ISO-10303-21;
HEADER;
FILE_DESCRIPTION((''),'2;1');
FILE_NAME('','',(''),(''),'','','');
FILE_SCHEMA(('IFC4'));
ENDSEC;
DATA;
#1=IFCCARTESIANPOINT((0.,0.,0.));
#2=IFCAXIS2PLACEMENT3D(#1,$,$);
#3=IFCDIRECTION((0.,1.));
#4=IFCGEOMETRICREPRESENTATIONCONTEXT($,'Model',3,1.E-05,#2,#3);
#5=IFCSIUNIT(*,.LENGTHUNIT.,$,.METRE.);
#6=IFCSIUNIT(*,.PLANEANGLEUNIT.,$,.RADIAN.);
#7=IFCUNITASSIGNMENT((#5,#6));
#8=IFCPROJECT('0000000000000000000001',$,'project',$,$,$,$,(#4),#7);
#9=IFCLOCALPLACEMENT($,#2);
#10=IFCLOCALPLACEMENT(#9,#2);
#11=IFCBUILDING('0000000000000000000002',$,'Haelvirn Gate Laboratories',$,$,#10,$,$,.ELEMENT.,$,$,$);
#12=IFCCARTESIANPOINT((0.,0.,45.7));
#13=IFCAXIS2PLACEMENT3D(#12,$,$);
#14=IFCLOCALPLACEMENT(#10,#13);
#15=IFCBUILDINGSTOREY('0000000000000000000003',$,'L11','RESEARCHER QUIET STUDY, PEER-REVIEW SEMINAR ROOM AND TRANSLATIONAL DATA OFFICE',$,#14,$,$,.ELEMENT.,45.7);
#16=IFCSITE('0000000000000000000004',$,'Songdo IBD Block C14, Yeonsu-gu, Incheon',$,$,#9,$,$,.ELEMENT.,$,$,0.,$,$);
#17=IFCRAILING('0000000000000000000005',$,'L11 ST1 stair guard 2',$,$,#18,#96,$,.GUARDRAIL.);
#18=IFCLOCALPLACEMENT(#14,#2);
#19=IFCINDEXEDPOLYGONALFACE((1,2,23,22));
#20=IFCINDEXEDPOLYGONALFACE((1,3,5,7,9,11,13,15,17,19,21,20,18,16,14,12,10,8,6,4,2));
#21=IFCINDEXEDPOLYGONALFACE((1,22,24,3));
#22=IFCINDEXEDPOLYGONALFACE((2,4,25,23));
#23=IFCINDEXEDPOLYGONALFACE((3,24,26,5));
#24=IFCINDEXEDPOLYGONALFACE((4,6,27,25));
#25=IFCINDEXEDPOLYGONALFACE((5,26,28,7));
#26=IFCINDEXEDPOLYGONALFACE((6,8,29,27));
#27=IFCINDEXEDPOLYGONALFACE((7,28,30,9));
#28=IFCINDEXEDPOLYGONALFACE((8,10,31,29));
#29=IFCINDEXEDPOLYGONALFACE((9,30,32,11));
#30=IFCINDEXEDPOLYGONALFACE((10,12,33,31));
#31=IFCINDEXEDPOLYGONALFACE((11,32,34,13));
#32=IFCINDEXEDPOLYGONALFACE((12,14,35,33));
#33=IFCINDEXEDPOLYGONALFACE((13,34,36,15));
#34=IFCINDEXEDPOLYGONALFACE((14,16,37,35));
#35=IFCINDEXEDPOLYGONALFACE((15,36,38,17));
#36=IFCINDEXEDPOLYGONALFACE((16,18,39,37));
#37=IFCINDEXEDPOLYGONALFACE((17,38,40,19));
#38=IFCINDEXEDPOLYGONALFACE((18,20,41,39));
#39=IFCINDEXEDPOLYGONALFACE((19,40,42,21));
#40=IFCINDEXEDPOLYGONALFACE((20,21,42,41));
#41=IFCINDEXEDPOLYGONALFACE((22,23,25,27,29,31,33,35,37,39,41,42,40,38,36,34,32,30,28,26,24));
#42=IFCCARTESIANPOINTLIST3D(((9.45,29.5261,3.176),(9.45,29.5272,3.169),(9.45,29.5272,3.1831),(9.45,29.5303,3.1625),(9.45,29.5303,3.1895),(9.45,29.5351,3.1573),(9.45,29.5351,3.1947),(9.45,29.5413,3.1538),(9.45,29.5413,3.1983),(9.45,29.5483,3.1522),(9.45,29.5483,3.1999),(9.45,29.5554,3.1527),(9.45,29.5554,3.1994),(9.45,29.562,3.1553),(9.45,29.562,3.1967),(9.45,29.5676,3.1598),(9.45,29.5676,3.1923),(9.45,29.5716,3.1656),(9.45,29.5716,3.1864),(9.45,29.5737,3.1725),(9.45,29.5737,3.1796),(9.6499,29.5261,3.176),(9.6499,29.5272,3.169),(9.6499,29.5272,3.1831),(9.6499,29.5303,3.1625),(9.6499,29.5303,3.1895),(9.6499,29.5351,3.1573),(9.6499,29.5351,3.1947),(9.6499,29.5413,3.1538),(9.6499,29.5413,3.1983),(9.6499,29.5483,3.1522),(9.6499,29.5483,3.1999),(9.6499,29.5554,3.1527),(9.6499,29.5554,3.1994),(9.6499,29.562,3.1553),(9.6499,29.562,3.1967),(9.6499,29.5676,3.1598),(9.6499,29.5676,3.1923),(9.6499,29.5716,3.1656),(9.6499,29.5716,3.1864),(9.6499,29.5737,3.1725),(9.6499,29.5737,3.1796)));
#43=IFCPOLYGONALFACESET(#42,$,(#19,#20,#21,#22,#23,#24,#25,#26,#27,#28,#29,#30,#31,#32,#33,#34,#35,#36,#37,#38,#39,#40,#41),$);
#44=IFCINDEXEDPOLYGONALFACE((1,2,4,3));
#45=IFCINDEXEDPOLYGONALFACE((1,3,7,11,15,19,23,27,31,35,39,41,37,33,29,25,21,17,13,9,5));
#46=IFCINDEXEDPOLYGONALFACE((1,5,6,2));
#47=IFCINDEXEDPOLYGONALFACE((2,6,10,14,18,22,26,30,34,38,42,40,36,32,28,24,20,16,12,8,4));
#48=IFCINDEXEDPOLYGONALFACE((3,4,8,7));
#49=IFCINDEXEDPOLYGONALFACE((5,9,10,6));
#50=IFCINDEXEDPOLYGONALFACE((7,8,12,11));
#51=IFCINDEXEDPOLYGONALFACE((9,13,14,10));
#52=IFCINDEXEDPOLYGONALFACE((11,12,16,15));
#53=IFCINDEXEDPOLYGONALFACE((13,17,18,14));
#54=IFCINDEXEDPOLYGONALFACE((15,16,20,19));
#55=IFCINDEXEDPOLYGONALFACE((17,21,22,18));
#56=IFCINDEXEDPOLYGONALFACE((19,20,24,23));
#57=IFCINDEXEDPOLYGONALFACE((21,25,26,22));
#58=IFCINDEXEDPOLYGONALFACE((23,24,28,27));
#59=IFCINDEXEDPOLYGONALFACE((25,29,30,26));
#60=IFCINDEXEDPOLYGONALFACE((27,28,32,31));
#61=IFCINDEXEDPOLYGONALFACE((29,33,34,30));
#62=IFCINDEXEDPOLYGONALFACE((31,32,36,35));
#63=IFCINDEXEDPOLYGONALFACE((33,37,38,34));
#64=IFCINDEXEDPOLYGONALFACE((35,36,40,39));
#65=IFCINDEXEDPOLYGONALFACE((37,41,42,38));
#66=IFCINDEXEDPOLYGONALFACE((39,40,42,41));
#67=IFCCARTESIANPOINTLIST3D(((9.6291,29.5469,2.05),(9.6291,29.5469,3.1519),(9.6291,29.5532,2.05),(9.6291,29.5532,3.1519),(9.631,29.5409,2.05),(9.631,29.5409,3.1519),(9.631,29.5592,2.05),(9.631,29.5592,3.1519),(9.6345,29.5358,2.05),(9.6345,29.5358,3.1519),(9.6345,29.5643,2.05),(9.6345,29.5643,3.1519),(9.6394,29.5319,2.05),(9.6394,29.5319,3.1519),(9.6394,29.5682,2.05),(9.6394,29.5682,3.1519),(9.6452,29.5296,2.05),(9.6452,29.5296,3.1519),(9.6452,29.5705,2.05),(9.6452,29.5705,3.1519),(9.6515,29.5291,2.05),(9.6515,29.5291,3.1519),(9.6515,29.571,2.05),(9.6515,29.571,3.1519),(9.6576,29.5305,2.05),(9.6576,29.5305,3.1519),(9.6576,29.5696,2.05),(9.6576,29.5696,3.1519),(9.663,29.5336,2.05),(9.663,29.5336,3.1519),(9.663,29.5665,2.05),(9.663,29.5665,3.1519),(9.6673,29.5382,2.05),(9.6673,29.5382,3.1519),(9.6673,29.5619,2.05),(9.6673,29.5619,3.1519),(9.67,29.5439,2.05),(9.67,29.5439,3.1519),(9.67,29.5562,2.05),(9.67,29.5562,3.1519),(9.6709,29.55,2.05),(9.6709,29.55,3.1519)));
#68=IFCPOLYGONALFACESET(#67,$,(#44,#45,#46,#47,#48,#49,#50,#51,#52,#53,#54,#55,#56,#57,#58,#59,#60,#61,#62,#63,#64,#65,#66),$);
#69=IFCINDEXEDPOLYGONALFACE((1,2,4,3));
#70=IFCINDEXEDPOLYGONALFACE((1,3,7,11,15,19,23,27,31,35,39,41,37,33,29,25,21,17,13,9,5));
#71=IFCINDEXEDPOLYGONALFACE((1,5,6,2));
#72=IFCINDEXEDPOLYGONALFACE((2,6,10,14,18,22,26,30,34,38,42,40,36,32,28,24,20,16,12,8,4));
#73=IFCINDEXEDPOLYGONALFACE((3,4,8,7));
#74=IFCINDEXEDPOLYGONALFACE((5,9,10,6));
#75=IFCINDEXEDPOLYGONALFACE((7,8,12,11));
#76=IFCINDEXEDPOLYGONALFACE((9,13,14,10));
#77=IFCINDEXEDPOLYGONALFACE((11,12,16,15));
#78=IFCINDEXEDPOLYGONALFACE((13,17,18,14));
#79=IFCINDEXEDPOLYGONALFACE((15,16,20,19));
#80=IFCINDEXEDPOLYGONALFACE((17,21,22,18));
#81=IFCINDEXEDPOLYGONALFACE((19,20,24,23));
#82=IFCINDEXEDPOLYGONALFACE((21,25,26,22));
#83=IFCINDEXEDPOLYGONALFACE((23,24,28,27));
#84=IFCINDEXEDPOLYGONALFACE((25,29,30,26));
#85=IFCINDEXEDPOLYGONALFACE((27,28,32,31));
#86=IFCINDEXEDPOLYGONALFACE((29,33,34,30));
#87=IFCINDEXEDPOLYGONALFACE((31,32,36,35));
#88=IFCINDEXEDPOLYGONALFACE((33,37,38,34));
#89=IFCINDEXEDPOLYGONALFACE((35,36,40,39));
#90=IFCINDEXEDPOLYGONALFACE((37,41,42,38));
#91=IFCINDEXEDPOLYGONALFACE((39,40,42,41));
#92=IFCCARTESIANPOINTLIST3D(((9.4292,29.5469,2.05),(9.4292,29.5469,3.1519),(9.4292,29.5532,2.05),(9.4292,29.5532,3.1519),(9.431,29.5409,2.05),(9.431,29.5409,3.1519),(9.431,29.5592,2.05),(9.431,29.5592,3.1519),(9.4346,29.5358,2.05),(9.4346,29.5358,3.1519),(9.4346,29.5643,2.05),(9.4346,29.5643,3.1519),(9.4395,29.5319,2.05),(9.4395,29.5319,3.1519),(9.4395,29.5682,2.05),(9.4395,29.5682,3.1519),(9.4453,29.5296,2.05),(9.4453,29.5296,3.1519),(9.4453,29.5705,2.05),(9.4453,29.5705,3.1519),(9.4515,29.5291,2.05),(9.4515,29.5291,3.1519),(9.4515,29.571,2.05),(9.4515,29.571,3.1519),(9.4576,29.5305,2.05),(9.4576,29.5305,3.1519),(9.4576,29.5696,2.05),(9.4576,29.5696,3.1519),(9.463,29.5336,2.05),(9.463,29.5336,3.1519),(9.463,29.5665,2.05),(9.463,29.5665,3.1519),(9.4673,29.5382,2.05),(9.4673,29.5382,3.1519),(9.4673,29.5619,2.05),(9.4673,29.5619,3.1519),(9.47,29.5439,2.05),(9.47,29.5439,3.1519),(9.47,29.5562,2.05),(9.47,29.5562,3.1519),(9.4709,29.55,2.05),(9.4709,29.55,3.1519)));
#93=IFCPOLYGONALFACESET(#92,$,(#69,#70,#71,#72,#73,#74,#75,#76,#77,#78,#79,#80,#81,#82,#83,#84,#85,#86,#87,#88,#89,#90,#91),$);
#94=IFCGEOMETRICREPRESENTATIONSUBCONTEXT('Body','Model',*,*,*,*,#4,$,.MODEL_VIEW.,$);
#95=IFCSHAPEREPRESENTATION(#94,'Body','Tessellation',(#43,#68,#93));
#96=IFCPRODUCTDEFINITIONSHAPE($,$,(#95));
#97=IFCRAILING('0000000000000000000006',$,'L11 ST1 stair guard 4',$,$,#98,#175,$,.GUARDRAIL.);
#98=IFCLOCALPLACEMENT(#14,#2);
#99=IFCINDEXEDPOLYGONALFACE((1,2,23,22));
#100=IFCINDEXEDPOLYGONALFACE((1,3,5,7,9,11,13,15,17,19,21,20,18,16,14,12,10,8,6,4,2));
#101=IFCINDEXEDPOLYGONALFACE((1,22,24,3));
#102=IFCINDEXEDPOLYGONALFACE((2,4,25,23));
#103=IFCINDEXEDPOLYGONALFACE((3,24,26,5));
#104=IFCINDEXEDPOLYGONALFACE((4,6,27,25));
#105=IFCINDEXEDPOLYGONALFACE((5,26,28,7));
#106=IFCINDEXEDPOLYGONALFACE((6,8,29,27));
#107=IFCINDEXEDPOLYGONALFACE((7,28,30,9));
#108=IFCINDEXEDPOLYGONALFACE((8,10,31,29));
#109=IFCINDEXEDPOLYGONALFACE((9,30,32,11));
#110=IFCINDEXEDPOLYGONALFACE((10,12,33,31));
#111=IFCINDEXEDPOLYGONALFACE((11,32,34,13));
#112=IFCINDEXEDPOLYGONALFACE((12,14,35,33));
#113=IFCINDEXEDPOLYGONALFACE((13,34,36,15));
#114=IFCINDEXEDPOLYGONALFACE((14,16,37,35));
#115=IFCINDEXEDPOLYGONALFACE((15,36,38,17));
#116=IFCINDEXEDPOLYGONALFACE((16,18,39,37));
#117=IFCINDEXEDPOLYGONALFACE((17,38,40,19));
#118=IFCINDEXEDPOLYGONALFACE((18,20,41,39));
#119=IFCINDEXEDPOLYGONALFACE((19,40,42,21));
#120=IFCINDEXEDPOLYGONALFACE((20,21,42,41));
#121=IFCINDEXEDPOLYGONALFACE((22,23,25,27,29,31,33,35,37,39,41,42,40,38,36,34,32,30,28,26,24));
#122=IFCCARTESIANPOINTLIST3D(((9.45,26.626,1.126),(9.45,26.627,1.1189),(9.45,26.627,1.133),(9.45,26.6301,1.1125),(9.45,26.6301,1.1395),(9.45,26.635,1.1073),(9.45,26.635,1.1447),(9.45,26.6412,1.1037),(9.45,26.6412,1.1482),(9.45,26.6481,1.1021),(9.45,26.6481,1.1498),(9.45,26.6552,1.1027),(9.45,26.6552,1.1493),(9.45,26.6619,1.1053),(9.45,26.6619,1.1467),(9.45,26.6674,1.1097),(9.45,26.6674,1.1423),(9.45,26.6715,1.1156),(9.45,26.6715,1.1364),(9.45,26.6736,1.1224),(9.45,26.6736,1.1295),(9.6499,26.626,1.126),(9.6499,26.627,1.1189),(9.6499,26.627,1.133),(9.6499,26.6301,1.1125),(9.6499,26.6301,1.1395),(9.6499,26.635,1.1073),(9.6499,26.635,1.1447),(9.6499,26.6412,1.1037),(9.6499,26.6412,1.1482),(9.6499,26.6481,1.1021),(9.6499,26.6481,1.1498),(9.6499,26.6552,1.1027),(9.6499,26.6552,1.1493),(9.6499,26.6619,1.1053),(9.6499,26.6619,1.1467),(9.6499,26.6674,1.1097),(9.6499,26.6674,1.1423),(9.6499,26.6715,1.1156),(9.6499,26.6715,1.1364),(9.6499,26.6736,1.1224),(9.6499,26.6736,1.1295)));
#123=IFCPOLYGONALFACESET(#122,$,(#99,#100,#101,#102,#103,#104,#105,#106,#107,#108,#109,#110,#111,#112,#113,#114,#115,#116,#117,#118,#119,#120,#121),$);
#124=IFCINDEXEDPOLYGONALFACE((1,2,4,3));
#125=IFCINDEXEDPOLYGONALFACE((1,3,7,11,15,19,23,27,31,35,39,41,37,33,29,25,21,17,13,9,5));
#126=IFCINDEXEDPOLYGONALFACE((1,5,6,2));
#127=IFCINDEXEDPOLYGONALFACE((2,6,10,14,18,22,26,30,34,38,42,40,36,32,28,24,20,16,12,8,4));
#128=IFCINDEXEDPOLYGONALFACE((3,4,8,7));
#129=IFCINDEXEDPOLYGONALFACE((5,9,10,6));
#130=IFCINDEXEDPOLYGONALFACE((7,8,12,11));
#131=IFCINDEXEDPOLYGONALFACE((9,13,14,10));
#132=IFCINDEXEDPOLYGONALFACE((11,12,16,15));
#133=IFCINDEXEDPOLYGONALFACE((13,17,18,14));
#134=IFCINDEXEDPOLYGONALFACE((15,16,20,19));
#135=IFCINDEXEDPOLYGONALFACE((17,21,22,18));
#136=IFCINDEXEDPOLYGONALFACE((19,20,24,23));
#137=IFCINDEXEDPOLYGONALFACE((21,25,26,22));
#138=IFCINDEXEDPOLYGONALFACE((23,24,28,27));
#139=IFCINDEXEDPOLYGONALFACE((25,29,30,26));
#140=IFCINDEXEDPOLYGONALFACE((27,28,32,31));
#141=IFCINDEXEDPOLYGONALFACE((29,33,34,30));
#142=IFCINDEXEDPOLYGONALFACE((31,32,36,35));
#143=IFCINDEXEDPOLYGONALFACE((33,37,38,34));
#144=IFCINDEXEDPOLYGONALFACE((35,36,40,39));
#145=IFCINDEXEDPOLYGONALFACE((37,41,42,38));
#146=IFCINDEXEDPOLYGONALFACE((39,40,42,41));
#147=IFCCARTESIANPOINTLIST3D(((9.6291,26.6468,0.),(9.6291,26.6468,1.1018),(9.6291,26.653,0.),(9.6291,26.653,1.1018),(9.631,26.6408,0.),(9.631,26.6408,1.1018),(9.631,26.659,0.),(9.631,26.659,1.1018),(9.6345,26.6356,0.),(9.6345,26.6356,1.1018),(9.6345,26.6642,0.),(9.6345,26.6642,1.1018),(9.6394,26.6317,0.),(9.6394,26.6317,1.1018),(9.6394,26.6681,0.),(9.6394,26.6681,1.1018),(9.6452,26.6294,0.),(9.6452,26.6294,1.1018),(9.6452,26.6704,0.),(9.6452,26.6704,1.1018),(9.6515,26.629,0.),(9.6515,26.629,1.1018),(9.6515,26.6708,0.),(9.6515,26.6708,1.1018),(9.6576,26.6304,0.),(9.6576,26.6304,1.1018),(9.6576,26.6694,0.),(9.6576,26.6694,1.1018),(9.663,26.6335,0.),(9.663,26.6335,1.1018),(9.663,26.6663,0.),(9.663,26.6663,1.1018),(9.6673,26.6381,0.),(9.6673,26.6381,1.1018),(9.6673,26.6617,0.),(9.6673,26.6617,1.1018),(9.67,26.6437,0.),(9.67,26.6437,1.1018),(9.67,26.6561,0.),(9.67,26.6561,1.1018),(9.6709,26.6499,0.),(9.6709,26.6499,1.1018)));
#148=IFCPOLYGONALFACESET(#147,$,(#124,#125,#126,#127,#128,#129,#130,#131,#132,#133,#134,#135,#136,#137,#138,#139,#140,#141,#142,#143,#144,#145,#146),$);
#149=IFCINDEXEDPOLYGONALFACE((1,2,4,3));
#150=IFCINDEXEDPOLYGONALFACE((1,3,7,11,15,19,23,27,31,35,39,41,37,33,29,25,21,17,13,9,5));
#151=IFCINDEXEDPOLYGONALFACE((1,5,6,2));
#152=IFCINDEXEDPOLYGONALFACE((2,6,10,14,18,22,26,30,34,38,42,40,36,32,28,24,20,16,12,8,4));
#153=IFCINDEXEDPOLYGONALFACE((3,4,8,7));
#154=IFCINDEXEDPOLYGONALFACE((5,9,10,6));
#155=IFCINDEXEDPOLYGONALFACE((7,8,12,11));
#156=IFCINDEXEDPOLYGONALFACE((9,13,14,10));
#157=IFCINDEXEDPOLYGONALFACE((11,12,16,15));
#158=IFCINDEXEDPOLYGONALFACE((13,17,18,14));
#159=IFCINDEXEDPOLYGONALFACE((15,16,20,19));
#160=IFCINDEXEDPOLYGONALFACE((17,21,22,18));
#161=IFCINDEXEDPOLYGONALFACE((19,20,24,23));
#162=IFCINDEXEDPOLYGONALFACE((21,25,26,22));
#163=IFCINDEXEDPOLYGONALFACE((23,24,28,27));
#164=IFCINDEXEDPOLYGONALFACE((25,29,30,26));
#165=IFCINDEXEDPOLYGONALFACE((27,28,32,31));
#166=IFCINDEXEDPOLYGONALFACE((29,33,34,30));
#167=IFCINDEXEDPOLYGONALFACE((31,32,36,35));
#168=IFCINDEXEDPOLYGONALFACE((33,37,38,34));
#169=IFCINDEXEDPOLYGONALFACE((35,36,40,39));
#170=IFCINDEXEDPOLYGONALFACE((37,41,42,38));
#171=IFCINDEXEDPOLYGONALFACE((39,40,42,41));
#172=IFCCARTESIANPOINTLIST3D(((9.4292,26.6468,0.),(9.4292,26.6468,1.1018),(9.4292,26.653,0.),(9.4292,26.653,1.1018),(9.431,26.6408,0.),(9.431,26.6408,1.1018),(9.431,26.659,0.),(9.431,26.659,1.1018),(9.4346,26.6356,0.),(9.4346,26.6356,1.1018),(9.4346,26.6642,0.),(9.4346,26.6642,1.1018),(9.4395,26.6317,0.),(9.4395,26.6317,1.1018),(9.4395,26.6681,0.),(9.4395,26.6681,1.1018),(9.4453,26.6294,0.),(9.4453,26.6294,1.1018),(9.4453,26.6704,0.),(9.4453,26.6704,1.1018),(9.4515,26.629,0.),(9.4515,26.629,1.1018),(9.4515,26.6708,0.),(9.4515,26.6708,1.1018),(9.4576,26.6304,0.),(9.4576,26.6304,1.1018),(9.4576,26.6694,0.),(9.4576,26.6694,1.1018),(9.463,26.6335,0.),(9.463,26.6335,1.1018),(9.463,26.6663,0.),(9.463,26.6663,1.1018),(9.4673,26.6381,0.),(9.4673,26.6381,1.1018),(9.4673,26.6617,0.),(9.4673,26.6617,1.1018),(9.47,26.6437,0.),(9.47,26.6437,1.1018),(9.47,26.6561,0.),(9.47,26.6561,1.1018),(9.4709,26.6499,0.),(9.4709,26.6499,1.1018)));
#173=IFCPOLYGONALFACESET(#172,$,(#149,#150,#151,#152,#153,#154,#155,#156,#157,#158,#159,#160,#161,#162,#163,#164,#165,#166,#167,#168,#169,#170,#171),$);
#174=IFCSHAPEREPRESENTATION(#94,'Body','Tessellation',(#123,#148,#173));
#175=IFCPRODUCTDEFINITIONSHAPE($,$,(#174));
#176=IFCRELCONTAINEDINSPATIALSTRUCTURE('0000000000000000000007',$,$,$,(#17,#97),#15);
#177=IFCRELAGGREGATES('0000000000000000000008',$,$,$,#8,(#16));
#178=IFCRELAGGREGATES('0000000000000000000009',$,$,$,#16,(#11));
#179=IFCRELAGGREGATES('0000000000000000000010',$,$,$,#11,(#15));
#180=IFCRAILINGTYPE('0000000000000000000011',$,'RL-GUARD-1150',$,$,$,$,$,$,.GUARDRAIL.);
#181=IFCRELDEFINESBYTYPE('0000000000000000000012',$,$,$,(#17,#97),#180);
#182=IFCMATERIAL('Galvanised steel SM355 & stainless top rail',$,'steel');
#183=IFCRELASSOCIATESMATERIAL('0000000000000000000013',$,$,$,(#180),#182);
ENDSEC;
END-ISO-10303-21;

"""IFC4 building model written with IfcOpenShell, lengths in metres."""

from ifc_helpers import new_model, si_unit, direction, frame, origin, origin_2d, place, context, subcontext, project, spatial, circle, extrude, source, transform, mapped, material, type_object, element, save


model = new_model("IFC4")

# Units and contexts
model_context = context("Model", 3, precision=1e-05, world=origin(), true_north=direction((0.0, 1.0)))
body_context = subcontext(model_context, "Body", "Model", "MODEL_VIEW")
ifc_project = project(units=[si_unit("LENGTHUNIT", "METRE"), si_unit("PLANEANGLEUNIT", "RADIAN")], contexts=[model_context])

# Site, building, storey
site_placement = place(None, origin())
site = spatial("IfcSite", under=ifc_project, at=site_placement, Name="Songdo IBD Block C14, Yeonsu-gu, Incheon", CompositionType="ELEMENT", RefElevation=0.0)
building_placement = place(site_placement, origin())
building = spatial("IfcBuilding", under=site, at=building_placement, Name="Haelvirn Gate Laboratories", CompositionType="ELEMENT")
storey_placement = place(building_placement, frame((0.0, 0.0, 45.7)))
storey = spatial("IfcBuildingStorey", under=building, at=storey_placement, Name="L11", Description="RESEARCHER QUIET STUDY, PEER-REVIEW SEMINAR ROOM AND TRANSLATIONAL DATA OFFICE", CompositionType="ELEMENT", Elevation=45.7)

# Railings
ifc_material_1 = material(Name="Galvanised steel SM355 & stainless top rail", Category="steel")
railing_type_1 = type_object("IfcRailingType", Name="RL-GUARD-1150", PredefinedType="GUARDRAIL", material=ifc_material_1)
shared_shape_1 = source(origin(), body_context, "Body", "SweptSolid", [
    extrude(circle(Radius=0.0239, at=origin_2d()), frame((0.0, 0.0, 1.126), z_axis=(-1.0, 0.0, 0.0), x_axis=(0.0, -1.0, 0.0)), (0.0, 0.0, 1.0), 0.2),
    extrude(circle(Radius=0.021, at=origin_2d()), origin(), (0.0, 0.0, 1.0), 1.1018),
    extrude(circle(Radius=0.021, at=origin_2d()), frame((-0.2, 0.0, 0.0)), (0.0, 0.0, 1.0), 1.1018),
])
for number, where, name in (
    (1, (9.6499, 29.55, 2.05), "L11 ST1 stair guard 2"),
    (2, (9.6499, 26.6499, 0.0), "L11 ST1 stair guard 4"),
):
    element("IfcRailing", number, at=place(storey_placement, frame(where)), inside=storey, type_object=railing_type_1, Name=name, PredefinedType="GUARDRAIL", context=body_context, shape_type="MappedRepresentation", body=[
        mapped(shared_shape_1, transform((0.0, 0.0, 0.0), scale=1.0)),
    ])

save(model, "model.ifc")
